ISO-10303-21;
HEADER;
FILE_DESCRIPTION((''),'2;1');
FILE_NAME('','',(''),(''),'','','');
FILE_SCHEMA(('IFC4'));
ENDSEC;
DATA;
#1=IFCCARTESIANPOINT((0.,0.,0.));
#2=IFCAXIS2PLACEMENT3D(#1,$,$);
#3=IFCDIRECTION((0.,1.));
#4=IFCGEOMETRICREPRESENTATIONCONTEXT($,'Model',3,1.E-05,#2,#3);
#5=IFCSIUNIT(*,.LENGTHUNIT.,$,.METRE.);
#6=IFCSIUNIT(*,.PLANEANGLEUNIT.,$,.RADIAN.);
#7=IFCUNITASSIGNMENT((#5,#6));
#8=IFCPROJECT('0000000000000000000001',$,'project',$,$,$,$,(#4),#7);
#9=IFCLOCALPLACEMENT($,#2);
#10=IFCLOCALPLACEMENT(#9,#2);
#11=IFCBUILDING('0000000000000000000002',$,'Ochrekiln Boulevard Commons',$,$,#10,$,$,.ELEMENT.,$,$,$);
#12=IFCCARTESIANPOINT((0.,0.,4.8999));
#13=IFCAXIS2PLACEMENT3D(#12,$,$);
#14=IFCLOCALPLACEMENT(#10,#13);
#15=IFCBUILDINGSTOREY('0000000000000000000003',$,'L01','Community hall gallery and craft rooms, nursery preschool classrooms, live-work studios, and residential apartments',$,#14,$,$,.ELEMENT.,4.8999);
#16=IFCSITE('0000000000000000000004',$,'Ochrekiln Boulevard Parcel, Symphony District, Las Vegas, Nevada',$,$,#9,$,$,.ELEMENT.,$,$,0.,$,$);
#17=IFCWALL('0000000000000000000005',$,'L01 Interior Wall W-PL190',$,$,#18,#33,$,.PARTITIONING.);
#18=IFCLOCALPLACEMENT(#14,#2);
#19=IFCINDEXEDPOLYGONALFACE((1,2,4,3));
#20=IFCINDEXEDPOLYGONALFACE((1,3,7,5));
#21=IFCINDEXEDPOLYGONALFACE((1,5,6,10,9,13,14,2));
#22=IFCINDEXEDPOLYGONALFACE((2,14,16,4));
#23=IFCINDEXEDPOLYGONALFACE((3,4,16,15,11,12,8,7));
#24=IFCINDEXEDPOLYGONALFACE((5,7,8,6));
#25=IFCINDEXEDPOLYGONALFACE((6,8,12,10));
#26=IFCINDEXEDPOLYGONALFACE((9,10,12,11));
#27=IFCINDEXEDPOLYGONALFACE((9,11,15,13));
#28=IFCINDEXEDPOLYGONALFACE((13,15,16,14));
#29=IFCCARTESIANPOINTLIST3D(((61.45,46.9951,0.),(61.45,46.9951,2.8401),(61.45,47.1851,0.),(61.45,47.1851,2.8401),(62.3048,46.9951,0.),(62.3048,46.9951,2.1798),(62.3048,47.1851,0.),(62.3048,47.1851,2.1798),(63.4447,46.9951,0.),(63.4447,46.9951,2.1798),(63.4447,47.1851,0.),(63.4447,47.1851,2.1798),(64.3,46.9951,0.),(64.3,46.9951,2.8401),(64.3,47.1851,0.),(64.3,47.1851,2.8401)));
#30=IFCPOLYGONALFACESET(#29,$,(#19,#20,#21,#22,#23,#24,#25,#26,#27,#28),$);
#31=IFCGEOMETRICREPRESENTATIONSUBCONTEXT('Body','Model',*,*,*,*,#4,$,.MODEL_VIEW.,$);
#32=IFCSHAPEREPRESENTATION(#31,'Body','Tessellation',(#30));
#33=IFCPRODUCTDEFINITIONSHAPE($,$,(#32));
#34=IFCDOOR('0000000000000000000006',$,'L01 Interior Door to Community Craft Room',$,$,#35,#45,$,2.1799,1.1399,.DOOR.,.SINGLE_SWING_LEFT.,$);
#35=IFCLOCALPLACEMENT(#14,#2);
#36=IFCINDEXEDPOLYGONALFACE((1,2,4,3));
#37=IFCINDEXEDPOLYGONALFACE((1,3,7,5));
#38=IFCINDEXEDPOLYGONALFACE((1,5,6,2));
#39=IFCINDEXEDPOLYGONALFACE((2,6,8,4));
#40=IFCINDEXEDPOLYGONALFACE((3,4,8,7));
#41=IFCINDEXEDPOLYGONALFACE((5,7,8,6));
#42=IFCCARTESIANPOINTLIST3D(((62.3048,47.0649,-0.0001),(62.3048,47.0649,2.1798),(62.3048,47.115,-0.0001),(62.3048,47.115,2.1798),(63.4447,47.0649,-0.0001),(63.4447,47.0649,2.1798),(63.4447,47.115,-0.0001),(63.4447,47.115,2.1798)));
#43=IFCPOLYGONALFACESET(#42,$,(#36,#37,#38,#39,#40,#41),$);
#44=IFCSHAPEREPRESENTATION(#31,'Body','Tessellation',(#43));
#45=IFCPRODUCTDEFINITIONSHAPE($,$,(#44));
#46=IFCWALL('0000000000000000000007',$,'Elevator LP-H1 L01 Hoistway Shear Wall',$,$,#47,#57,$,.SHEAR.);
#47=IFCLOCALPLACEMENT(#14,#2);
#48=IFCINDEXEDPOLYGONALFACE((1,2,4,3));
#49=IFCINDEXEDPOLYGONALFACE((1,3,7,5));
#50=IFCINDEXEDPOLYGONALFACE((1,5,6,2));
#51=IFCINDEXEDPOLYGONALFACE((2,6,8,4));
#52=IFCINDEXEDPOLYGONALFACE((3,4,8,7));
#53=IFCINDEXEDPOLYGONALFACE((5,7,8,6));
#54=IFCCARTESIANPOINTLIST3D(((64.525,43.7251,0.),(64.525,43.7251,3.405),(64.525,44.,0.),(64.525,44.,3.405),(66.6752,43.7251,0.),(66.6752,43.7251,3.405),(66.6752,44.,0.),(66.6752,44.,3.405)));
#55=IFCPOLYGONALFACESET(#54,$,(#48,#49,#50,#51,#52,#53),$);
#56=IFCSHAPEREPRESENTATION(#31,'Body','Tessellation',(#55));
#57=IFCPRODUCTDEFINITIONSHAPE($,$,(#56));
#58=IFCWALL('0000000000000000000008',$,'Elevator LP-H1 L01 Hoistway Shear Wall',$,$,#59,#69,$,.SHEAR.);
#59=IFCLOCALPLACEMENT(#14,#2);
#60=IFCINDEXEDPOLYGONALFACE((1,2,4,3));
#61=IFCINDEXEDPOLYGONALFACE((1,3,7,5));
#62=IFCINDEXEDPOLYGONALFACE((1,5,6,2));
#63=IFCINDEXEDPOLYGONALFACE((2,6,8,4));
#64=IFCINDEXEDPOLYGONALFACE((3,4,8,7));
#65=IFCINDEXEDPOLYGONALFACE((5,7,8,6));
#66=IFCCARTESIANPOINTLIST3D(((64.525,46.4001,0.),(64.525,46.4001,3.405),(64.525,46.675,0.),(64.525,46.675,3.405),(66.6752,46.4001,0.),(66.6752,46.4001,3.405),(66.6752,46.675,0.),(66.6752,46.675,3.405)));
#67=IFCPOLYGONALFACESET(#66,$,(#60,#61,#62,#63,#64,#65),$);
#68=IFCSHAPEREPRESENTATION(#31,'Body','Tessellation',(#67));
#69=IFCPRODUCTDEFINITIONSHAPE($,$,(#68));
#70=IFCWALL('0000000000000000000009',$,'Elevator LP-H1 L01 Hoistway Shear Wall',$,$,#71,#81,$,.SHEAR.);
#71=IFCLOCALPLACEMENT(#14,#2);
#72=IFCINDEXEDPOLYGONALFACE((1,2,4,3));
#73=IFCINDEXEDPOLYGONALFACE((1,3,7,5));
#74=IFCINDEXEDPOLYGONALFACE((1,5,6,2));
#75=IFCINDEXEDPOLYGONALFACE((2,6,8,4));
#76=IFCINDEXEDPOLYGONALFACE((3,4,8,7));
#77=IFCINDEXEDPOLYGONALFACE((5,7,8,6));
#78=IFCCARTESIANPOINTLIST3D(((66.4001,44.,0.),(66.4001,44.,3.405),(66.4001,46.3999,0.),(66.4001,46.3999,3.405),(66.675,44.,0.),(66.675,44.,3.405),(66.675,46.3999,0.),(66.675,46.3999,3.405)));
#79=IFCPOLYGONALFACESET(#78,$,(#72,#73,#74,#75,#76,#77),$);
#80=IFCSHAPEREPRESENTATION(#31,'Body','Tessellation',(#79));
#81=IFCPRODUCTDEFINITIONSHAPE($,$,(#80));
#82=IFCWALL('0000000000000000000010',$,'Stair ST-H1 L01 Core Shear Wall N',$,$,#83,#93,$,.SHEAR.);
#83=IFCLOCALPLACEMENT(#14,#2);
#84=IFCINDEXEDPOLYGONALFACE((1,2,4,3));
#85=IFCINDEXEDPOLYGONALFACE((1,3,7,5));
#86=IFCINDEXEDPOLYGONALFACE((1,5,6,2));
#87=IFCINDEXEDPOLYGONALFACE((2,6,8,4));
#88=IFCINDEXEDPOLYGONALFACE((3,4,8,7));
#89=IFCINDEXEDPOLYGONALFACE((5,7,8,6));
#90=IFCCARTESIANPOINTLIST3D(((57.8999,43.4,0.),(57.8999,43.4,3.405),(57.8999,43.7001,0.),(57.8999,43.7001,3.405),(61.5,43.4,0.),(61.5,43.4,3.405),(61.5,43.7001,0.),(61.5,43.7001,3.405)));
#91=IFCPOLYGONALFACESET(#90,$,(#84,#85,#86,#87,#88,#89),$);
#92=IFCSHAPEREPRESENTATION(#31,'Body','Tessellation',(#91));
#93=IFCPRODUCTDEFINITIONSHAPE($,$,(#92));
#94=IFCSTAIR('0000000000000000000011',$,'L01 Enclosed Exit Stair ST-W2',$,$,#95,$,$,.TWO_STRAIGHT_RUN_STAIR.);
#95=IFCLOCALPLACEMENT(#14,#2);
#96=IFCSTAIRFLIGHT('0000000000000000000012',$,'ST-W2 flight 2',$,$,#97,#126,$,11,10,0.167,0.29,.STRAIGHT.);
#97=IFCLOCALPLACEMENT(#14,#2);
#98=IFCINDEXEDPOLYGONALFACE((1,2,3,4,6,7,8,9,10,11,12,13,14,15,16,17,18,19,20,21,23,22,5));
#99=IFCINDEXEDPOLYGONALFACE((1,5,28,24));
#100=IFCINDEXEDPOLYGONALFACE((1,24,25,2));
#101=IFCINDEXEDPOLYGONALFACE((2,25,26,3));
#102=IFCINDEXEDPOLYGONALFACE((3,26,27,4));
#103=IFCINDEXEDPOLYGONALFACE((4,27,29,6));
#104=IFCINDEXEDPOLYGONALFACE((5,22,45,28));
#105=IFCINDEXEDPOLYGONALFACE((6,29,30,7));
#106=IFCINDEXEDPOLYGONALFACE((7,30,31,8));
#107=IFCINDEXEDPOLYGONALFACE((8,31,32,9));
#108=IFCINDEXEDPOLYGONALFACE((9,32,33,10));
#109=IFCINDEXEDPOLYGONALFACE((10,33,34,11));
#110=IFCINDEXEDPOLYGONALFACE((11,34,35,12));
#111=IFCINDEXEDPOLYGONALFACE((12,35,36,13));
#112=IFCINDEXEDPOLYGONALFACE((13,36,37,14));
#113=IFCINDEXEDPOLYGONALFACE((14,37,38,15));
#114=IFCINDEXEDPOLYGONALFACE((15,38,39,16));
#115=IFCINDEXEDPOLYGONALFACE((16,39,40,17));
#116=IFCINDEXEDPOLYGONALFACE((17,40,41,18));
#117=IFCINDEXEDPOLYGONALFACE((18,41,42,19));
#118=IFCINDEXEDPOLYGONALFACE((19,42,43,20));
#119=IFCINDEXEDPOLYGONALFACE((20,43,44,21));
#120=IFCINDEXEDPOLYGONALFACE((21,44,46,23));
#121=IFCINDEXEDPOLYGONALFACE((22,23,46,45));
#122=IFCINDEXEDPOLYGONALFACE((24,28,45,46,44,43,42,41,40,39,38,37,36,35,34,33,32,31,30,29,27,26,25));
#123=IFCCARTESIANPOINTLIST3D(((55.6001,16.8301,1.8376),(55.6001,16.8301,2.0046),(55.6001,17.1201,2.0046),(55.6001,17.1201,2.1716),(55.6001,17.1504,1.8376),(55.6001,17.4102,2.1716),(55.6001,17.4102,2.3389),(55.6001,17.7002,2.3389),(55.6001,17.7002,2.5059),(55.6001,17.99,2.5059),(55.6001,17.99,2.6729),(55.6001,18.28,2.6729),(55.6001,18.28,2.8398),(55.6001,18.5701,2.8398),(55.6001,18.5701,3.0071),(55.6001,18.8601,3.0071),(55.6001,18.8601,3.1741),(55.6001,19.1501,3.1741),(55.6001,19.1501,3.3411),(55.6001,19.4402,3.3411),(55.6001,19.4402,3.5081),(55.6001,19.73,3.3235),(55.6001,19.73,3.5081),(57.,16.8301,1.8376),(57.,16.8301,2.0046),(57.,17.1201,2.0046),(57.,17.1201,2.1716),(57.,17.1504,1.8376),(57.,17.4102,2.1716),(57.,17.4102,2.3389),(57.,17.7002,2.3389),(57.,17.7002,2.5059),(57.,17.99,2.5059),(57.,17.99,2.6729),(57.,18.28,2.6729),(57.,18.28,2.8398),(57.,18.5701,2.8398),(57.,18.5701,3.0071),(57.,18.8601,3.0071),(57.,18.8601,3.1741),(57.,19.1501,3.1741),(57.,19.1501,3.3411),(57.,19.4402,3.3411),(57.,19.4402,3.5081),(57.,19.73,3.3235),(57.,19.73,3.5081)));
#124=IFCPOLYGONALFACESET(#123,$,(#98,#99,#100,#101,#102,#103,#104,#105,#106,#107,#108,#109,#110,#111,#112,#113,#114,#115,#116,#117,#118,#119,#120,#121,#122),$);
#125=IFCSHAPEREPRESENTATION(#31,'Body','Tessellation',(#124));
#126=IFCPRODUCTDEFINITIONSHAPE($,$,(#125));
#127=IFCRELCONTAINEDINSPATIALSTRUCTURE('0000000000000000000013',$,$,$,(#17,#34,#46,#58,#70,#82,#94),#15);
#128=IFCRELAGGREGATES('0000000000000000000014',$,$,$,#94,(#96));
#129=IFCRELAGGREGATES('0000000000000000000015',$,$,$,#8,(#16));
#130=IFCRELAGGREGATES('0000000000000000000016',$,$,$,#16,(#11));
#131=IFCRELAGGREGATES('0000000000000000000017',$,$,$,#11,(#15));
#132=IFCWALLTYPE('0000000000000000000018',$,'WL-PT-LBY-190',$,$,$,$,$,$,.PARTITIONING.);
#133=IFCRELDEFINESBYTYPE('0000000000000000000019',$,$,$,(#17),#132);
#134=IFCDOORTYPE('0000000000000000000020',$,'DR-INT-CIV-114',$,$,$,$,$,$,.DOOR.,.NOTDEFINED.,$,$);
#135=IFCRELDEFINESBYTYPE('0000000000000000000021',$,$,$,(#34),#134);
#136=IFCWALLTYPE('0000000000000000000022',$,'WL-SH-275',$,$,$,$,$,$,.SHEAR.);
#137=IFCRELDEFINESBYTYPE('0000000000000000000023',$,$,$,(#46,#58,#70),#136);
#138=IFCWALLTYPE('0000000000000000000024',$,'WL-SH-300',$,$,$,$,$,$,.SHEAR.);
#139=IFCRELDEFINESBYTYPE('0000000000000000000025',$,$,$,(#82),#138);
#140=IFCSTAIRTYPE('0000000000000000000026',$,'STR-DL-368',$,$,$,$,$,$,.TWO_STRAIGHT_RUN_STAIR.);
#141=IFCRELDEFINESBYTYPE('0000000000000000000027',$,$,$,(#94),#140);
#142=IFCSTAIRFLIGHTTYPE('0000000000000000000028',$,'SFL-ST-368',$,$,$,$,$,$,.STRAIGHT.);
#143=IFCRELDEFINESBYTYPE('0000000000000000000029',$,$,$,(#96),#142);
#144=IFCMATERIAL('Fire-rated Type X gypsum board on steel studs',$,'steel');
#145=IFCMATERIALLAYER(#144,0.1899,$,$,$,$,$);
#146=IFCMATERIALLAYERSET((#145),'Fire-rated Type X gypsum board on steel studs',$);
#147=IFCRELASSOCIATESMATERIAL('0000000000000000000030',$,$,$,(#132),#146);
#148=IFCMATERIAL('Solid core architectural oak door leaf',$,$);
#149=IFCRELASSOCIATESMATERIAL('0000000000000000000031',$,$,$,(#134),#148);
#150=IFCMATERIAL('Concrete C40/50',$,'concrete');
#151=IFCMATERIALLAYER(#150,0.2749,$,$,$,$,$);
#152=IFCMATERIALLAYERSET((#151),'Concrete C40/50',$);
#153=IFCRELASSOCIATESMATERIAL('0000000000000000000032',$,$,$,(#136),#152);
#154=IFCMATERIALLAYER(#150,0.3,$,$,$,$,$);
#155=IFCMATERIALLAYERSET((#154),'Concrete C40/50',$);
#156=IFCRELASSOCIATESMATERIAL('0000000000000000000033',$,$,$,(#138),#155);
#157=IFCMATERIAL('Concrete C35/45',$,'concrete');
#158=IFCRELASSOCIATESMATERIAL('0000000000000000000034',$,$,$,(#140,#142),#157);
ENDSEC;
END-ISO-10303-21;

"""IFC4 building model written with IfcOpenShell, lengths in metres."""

from ifc_helpers import new_model, si_unit, direction, frame, frame_2d, origin, place, context, subcontext, project, spatial, polyline, rectangle, outline, extrude, material, layer, layer_set, type_object, element, fill, aggregate, save


model = new_model("IFC4")

# Units and contexts
model_context = context("Model", 3, precision=1e-05, world=origin(), true_north=direction((0.0, 1.0)))
body_context = subcontext(model_context, "Body", "Model", "MODEL_VIEW")
ifc_project = project(units=[si_unit("LENGTHUNIT", "METRE"), si_unit("PLANEANGLEUNIT", "RADIAN")], contexts=[model_context])

# Site, building, storey
site_placement = place(None, origin())
site = spatial("IfcSite", under=ifc_project, at=site_placement, Name="Ochrekiln Boulevard Parcel, Symphony District, Las Vegas, Nevada", CompositionType="ELEMENT", RefElevation=0.0)
building_placement = place(site_placement, origin())
building = spatial("IfcBuilding", under=site, at=building_placement, Name="Ochrekiln Boulevard Commons", CompositionType="ELEMENT")
storey_placement = place(building_placement, frame((0.0, 0.0, 4.8999)))
storey = spatial("IfcBuildingStorey", under=building, at=storey_placement, Name="L01", Description="Community hall gallery and craft rooms, nursery preschool classrooms, live-work studios, and residential apartments", CompositionType="ELEMENT", Elevation=4.8999)

# Shared definitions
ifc_material_1 = material(Name="Concrete C35/45", Category="concrete")
ifc_material_2 = material(Name="Concrete C40/50", Category="concrete")

# Wall, opening, door
ifc_material_3 = material(Name="Fire-rated Type X gypsum board on steel studs", Category="steel")
ifc_layer_1 = layer(ifc_material_3, 0.1899)
ifc_layer_set_1 = layer_set([ifc_layer_1], Name="Fire-rated Type X gypsum board on steel studs")
wall_type_1 = type_object("IfcWallType", Name="WL-PT-LBY-190", PredefinedType="PARTITIONING", material=ifc_layer_set_1)
wall_1_placement = place(storey_placement, frame((61.45, 47.0901, 0.0), z_axis=(0.0, 0.0, 1.0), x_axis=(1.0, 0.0, 0.0)))
wall_1 = element("IfcWall", 1, at=wall_1_placement, inside=storey, type_object=wall_type_1, Name="L01 Interior Wall W-PL190", PredefinedType="PARTITIONING", context=body_context, shape_type="SweptSolid", body=[
    extrude(rectangle(XDim=2.8501, YDim=0.1899, at=frame_2d((1.425, 0.0))), origin(), (0.0, 0.0, 1.0), 2.8401),
])
opening_1_placement = place(wall_1_placement, frame((0.855, 0.0, 0.0)))
opening_1 = element("IfcOpeningElement", 2, at=opening_1_placement, cuts=wall_1, PredefinedType="OPENING", context=body_context, shape_type="SweptSolid", body=[
    extrude(rectangle(XDim=1.1399, YDim=2.1799, at=frame_2d((0.5698, 1.0898))), frame((0.0, 0.105, 0.0), z_axis=(0.0, -1.0, 0.0), x_axis=(1.0, 0.0, 0.0)), (0.0, 0.0, 1.0), 0.21),
])
ifc_material_4 = material(Name="Solid core architectural oak door leaf")
door_type_1 = type_object("IfcDoorType", Name="DR-INT-CIV-114", OperationType="NOTDEFINED", PredefinedType="DOOR", material=ifc_material_4)
door_1_placement = place(opening_1_placement, origin())
door_1 = element("IfcDoor", 3, at=door_1_placement, inside=storey, type_object=door_type_1, Name="L01 Interior Door to Community Craft Room", OperationType="SINGLE_SWING_LEFT", OverallHeight=2.1799, OverallWidth=1.1399, PredefinedType="DOOR", context=body_context, shape_type="SweptSolid", body=[
    extrude(rectangle(XDim=1.1399, YDim=2.1799, at=frame_2d((0.5698, 1.0898))), frame((0.0, 0.0249, 0.0), z_axis=(0.0, -1.0, 0.0), x_axis=(1.0, 0.0, 0.0)), (0.0, 0.0, 1.0), 0.05),
])
fill(opening_1, door_1)

# Walls
ifc_layer_2 = layer(ifc_material_2, 0.2749)
ifc_layer_set_2 = layer_set([ifc_layer_2], Name="Concrete C40/50")
wall_type_2 = type_object("IfcWallType", Name="WL-SH-275", PredefinedType="SHEAR", material=ifc_layer_set_2)
for number, where, z_axis, x_axis, name in (
    (4, (64.5249, 43.8625, 0.0), (0.0, 0.0, 1.0), (1.0, 0.0, 0.0), "Elevator LP-H1 L01 Hoistway Shear Wall"),
    (5, (64.5249, 46.5376, 0.0), (0.0, 0.0, 1.0), (1.0, 0.0, 0.0), "Elevator LP-H1 L01 Hoistway Shear Wall"),
):
    element("IfcWall", number, at=place(storey_placement, frame(where, z_axis=z_axis, x_axis=x_axis)), inside=storey, type_object=wall_type_2, Name=name, PredefinedType="SHEAR", context=body_context, shape_type="SweptSolid", body=[
        extrude(rectangle(XDim=2.1501, YDim=0.2749, at=frame_2d((1.0752, 0.0))), origin(), (0.0, 0.0, 1.0), 3.405),
    ])

# Walls
wall_2_placement = place(storey_placement, frame((66.5376, 44.0, 0.0), z_axis=(0.0, 0.0, 1.0), x_axis=(0.0, 1.0, 0.0)))
element("IfcWall", 6, at=wall_2_placement, inside=storey, type_object=wall_type_2, Name="Elevator LP-H1 L01 Hoistway Shear Wall", PredefinedType="SHEAR", context=body_context, shape_type="SweptSolid", body=[
    extrude(rectangle(XDim=2.3999, YDim=0.2749, at=frame_2d((1.2, 0.0))), origin(), (0.0, 0.0, 1.0), 3.405),
])
ifc_layer_3 = layer(ifc_material_2, 0.3)
ifc_layer_set_3 = layer_set([ifc_layer_3], Name="Concrete C40/50")
wall_type_3 = type_object("IfcWallType", Name="WL-SH-300", PredefinedType="SHEAR", material=ifc_layer_set_3)
wall_3_placement = place(storey_placement, frame((57.8999, 43.55, 0.0), z_axis=(0.0, 0.0, 1.0), x_axis=(1.0, 0.0, 0.0)))
element("IfcWall", 7, at=wall_3_placement, inside=storey, type_object=wall_type_3, Name="Stair ST-H1 L01 Core Shear Wall N", PredefinedType="SHEAR", context=body_context, shape_type="SweptSolid", body=[
    extrude(rectangle(XDim=3.6001, YDim=0.3, at=frame_2d((1.8, 0.0))), origin(), (0.0, 0.0, 1.0), 3.405),
])

# Stair, stair flight
stair_type = type_object("IfcStairType", Name="STR-DL-368", PredefinedType="TWO_STRAIGHT_RUN_STAIR", material=ifc_material_1)
stair_placement = place(storey_placement, origin())
stair = element("IfcStair", 8, at=stair_placement, inside=storey, type_object=stair_type, Name="L01 Enclosed Exit Stair ST-W2", PredefinedType="TWO_STRAIGHT_RUN_STAIR")
stair_flight_type = type_object("IfcStairFlightType", Name="SFL-ST-368", PredefinedType="STRAIGHT", material=ifc_material_1)
stair_flight_placement = place(storey_placement, frame((56.3, 16.8301, 1.8376), z_axis=(0.0, 0.0, 1.0), x_axis=(0.0, 1.0, 0.0)))
stair_flight = element("IfcStairFlight", 9, at=stair_flight_placement, type_object=stair_flight_type, Name="ST-W2 flight 2", NumberOfRisers=11, NumberOfTreads=10, PredefinedType="STRAIGHT", RiserHeight=0.167, TreadLength=0.29, context=body_context, shape_type="SweptSolid", body=[
    extrude(outline(polyline([(0.0, 0.0), (0.0, 0.167), (0.29, 0.167), (0.29, 0.334), (0.5801, 0.334), (0.5801, 0.5012), (0.8701, 0.5012), (0.8701, 0.6682), (1.1599, 0.6682), (1.1599, 0.8352), (1.45, 0.8352), (1.45, 1.0022), (1.74, 1.0022), (1.74, 1.1694), (2.03, 1.1694), (2.03, 1.3364), (2.3201, 1.3364), (2.3201, 1.5034), (2.6101, 1.5034), (2.6101, 1.6704), (2.8999, 1.6704), (2.8999, 1.8374), (2.8999, 1.4858), (0.3203, 0.0), (0.0, 0.0)])), frame((0.0, 0.7, 0.0), z_axis=(0.0, -1.0, 0.0), x_axis=(1.0, 0.0, 0.0)), (0.0, 0.0, 1.0), 1.3999),
])
aggregate(stair, [stair_flight])

save(model, "model.ifc")
